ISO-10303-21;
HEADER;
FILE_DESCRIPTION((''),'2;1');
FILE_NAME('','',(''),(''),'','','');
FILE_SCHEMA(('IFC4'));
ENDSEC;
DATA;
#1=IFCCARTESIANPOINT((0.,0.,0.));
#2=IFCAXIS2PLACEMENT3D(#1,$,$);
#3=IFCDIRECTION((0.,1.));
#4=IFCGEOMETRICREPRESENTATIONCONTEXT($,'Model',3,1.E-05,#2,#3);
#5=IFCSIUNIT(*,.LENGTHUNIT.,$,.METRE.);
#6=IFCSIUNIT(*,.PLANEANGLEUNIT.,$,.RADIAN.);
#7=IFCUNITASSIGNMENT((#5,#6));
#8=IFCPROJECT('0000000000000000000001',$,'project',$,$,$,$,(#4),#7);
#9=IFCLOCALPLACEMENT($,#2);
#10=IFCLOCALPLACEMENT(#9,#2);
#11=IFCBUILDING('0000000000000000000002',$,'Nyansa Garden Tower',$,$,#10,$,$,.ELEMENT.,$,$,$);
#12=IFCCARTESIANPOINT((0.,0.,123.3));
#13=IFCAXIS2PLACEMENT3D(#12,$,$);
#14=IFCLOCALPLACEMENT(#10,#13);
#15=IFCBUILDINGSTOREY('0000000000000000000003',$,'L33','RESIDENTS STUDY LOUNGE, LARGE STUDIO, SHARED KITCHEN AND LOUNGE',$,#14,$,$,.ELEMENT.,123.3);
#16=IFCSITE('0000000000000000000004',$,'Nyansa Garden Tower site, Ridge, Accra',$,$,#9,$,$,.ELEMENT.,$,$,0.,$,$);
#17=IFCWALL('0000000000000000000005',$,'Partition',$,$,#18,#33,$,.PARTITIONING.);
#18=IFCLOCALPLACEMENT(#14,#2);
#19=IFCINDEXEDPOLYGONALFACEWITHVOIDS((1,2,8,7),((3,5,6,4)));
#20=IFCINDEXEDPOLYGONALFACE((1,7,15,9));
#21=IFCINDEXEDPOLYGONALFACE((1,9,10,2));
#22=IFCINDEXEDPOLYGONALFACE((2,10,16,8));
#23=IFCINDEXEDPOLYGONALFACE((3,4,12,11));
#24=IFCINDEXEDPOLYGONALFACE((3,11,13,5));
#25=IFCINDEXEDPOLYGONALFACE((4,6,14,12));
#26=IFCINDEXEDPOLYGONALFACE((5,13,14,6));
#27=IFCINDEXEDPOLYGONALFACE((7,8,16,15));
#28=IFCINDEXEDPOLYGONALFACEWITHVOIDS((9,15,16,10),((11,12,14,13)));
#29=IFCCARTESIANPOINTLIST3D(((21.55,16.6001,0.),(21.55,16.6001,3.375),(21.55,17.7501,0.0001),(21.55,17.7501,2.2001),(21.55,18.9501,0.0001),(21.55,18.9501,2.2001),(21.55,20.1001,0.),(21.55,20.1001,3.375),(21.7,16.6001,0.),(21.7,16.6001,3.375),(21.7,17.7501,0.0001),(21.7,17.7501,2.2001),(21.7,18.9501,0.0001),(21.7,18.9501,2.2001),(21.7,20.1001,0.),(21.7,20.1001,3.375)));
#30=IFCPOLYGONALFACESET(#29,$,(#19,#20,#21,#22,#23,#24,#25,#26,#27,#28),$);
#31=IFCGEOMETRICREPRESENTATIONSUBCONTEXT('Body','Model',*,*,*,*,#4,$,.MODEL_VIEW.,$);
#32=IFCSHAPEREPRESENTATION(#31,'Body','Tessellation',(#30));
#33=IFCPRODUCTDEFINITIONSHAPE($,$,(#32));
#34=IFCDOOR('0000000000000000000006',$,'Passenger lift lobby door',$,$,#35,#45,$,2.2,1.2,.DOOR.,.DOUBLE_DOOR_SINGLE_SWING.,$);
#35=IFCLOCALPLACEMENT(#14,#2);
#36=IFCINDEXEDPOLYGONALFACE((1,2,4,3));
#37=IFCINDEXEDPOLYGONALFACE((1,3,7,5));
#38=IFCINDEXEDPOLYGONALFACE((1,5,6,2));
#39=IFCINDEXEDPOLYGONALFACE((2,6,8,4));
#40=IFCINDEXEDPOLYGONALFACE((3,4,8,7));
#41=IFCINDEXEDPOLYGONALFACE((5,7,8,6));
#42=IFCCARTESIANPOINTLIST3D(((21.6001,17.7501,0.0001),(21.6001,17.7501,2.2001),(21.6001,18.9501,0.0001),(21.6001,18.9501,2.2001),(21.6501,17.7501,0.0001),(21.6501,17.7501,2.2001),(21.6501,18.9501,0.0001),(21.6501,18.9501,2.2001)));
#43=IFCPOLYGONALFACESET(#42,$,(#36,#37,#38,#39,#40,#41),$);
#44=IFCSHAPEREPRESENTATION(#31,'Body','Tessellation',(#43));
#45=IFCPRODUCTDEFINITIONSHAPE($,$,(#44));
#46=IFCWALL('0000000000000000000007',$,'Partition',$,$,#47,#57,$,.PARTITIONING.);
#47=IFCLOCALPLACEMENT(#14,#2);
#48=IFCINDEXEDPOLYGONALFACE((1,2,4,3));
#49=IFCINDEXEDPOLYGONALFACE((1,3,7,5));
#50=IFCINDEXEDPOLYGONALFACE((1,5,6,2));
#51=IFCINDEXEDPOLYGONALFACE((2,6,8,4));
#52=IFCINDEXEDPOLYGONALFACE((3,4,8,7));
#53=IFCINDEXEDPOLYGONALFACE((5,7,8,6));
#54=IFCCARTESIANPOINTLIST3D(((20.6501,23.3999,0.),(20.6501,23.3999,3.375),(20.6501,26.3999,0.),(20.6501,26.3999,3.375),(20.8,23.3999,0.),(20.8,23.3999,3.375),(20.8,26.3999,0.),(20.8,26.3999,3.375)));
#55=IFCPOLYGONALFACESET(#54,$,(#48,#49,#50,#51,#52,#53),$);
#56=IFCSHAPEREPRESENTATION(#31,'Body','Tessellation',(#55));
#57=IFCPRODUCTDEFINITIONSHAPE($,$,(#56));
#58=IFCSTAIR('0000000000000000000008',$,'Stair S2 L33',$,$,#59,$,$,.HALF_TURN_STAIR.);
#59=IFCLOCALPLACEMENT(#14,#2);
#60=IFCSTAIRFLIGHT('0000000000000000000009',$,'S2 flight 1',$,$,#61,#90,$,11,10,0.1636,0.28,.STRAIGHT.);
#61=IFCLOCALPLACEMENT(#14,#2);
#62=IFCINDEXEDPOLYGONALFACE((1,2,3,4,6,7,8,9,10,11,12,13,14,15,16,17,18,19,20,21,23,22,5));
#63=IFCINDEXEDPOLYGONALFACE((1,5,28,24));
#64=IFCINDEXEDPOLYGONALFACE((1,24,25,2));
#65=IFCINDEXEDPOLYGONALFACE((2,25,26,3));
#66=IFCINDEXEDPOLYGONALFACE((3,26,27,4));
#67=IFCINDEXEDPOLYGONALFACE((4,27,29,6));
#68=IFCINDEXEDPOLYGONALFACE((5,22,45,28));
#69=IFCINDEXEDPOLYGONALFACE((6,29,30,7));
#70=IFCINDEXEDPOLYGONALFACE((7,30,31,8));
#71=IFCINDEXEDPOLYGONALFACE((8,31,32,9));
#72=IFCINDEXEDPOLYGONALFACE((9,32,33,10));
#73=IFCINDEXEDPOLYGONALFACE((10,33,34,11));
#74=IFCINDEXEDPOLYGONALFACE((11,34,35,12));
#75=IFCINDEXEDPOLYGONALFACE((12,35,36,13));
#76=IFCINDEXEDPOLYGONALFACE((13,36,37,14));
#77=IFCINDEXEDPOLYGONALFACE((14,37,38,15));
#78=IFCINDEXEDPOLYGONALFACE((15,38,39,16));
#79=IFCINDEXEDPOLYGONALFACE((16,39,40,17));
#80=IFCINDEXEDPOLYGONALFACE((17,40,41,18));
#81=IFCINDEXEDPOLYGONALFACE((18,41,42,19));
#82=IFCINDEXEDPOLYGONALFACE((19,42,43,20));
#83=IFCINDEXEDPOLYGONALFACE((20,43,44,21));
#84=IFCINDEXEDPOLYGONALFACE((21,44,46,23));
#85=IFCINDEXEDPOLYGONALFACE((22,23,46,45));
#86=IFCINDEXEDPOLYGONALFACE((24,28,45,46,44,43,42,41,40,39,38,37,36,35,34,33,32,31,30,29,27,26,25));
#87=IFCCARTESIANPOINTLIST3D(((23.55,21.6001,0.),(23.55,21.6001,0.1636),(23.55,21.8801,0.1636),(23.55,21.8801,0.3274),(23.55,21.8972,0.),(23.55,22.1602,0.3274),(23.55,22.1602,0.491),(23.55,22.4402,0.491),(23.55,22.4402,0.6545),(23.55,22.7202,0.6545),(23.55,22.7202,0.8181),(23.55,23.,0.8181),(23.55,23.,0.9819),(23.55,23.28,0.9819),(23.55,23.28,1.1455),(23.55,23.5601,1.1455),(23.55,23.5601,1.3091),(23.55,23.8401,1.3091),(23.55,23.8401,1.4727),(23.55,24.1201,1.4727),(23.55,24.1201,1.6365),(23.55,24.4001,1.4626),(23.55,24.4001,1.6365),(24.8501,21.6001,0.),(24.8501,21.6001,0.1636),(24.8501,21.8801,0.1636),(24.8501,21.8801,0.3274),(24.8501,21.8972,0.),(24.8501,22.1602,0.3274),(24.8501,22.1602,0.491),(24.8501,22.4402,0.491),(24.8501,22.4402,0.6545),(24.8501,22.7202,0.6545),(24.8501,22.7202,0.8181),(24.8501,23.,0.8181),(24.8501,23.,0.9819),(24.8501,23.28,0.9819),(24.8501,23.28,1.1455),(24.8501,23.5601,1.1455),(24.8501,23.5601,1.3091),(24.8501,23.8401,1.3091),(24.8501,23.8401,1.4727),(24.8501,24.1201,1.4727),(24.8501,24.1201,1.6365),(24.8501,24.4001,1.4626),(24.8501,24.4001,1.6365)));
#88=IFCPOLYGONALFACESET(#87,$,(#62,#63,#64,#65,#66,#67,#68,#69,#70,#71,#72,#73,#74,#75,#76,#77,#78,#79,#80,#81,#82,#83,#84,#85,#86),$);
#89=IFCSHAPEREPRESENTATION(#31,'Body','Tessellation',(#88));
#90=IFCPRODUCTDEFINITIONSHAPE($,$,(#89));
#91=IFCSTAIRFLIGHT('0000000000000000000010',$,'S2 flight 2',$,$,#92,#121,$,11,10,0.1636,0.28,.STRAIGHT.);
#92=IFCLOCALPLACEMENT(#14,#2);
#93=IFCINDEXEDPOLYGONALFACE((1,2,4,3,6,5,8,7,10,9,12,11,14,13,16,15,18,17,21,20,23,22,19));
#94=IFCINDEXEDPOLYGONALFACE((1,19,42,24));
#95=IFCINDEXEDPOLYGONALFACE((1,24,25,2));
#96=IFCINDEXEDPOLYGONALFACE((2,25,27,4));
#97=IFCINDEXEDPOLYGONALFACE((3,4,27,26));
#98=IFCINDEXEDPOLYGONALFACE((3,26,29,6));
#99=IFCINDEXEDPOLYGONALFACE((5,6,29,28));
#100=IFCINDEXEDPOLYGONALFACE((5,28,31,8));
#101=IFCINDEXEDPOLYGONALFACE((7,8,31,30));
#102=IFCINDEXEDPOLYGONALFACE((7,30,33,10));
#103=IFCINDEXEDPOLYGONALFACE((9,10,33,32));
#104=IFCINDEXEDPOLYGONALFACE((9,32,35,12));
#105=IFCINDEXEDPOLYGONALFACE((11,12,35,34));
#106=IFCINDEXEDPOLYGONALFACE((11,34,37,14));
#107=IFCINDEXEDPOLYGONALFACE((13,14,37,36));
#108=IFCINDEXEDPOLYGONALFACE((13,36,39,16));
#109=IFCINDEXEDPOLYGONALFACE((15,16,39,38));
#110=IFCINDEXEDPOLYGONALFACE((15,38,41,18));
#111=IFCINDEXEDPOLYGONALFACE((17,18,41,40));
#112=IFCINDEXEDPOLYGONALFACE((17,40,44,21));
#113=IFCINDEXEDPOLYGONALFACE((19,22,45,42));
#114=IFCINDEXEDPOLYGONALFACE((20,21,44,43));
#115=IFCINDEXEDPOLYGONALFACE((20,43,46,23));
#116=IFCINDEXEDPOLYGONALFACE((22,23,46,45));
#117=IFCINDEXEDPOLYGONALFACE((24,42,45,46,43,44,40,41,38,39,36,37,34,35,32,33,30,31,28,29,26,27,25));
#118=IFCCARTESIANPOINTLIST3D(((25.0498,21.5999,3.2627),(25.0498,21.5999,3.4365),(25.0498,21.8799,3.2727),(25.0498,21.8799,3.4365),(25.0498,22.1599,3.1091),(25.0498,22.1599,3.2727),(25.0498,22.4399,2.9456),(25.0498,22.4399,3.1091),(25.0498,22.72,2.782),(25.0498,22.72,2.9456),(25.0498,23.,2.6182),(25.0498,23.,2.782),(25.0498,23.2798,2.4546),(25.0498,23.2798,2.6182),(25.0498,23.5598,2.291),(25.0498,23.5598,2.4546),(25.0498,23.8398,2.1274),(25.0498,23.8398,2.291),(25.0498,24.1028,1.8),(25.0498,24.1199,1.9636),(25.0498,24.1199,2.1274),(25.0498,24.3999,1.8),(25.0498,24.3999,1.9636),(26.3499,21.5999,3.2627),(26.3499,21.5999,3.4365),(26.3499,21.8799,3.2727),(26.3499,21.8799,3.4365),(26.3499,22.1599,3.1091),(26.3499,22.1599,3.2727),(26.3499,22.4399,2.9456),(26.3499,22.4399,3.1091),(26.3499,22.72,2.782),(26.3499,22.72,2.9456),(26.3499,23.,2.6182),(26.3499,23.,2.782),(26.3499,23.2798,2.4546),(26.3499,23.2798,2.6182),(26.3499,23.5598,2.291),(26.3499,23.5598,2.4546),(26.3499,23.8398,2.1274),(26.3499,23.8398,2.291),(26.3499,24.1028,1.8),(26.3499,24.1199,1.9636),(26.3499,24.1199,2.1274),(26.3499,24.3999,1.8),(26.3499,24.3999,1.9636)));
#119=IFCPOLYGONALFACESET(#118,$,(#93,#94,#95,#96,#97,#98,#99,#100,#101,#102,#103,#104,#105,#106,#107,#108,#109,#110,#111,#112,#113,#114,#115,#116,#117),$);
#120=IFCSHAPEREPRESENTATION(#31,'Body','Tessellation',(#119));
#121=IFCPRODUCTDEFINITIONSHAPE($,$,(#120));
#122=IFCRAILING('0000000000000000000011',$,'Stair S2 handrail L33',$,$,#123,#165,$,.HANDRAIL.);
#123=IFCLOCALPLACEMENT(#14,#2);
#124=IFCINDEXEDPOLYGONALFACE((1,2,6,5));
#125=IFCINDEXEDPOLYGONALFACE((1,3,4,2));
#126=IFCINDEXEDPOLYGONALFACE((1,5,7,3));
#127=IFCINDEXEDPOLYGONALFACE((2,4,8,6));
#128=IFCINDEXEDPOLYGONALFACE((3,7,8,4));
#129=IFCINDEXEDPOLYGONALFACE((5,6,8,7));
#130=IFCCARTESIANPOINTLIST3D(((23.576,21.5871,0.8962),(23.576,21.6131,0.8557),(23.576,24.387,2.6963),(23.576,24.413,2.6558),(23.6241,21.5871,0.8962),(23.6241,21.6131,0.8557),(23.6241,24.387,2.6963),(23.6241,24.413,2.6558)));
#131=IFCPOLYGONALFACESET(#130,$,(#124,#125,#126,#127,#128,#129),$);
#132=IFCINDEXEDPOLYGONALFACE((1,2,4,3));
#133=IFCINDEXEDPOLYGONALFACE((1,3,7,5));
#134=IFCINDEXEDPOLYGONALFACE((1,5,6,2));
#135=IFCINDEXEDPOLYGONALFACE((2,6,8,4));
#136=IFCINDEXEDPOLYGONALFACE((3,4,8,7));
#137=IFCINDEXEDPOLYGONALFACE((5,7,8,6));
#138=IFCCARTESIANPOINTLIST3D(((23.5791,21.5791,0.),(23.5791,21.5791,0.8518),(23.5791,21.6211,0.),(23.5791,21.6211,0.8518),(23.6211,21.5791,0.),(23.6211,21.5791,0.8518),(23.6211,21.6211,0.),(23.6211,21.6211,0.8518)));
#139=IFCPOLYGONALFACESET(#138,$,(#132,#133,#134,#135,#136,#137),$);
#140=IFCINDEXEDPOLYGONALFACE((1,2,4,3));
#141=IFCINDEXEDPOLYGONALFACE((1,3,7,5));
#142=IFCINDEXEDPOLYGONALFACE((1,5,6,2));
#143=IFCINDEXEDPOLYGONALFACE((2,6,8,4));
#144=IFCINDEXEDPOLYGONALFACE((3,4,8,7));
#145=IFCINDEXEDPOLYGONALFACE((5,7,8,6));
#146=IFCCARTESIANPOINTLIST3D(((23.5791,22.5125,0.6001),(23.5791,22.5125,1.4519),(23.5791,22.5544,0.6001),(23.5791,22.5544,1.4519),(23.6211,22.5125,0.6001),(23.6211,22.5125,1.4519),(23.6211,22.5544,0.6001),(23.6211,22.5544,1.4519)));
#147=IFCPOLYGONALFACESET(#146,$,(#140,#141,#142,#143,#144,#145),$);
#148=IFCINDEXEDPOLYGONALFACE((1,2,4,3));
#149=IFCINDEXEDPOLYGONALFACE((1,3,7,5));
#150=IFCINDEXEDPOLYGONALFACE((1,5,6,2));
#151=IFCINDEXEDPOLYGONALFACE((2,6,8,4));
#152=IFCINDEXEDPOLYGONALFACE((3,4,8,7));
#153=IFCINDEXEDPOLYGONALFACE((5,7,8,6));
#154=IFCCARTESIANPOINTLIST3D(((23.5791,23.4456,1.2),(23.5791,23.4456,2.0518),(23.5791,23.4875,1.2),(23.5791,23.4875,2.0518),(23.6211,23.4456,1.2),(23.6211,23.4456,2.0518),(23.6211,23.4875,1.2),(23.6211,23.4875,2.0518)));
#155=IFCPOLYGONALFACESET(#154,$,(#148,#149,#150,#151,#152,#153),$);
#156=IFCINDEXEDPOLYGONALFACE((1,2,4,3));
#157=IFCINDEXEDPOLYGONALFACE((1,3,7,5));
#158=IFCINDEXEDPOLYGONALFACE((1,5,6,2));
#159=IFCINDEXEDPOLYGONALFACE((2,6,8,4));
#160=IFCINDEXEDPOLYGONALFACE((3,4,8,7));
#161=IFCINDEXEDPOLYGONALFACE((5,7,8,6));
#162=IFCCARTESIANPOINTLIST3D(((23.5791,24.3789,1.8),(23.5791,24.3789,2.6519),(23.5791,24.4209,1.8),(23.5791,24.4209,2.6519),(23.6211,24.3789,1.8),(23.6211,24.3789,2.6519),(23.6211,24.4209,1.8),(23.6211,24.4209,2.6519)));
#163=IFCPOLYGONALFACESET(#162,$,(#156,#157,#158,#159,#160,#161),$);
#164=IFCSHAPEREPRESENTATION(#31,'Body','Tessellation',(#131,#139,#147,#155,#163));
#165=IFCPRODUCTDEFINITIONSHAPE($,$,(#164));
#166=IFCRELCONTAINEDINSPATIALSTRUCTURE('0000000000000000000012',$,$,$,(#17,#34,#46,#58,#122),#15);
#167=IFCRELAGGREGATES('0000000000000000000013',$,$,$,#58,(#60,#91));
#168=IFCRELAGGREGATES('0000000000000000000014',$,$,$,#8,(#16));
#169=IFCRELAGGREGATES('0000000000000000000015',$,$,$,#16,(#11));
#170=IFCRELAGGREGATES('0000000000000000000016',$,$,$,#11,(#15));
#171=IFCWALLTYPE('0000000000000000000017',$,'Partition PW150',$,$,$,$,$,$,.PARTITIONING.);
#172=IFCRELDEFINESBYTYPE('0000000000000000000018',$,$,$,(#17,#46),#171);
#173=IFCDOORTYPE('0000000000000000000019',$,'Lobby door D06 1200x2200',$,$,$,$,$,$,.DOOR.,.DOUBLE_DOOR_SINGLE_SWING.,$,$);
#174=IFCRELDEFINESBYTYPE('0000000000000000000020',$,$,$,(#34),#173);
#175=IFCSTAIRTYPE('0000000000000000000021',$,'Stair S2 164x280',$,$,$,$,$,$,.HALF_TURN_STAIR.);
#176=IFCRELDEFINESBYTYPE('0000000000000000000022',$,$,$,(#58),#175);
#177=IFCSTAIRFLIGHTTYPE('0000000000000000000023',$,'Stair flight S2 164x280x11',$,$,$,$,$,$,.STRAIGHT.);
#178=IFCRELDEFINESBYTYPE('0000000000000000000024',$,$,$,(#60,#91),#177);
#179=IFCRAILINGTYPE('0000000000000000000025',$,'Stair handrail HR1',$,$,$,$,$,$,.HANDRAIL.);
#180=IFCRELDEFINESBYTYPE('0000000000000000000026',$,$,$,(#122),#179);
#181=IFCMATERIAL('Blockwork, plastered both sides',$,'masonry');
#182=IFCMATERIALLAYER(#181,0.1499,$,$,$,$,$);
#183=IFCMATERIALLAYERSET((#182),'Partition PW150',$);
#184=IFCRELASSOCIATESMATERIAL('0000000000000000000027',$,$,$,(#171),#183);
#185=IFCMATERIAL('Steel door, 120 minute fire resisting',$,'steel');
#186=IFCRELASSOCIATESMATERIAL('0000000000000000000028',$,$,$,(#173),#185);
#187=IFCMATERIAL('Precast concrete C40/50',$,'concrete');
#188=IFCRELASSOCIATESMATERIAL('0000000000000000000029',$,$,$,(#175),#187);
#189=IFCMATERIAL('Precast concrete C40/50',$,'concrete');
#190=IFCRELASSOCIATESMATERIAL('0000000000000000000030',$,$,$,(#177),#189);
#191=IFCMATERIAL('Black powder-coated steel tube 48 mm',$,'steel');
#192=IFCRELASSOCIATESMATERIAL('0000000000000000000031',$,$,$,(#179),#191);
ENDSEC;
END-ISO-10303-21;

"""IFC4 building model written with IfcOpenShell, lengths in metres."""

from ifc_helpers import new_model, si_unit, direction, frame, frame_2d, origin, origin_2d, place, context, subcontext, project, spatial, polyline, rectangle, outline, extrude, material, layer, layer_set, type_object, element, fill, aggregate, save


model = new_model("IFC4")

# Units and contexts
model_context = context("Model", 3, precision=1e-05, world=origin(), true_north=direction((0.0, 1.0)))
body_context = subcontext(model_context, "Body", "Model", "MODEL_VIEW")
ifc_project = project(units=[si_unit("LENGTHUNIT", "METRE"), si_unit("PLANEANGLEUNIT", "RADIAN")], contexts=[model_context])

# Site, building, storey
site_placement = place(None, origin())
site = spatial("IfcSite", under=ifc_project, at=site_placement, Name="Nyansa Garden Tower site, Ridge, Accra", CompositionType="ELEMENT", RefElevation=0.0)
building_placement = place(site_placement, origin())
building = spatial("IfcBuilding", under=site, at=building_placement, Name="Nyansa Garden Tower", CompositionType="ELEMENT")
storey_placement = place(building_placement, frame((0.0, 0.0, 123.3)))
storey = spatial("IfcBuildingStorey", under=building, at=storey_placement, Name="L33", Description="RESIDENTS STUDY LOUNGE, LARGE STUDIO, SHARED KITCHEN AND LOUNGE", CompositionType="ELEMENT", Elevation=123.3)

# Wall, opening, door
ifc_material_1 = material(Name="Blockwork, plastered both sides", Category="masonry")
ifc_layer_1 = layer(ifc_material_1, 0.1499)
ifc_layer_set_1 = layer_set([ifc_layer_1], Name="Partition PW150")
wall_type_1 = type_object("IfcWallType", Name="Partition PW150", PredefinedType="PARTITIONING", material=ifc_layer_set_1)
wall_1_placement = place(storey_placement, frame((21.625, 16.6001, 0.0), z_axis=(0.0, 0.0, 1.0), x_axis=(0.0, 1.0, 0.0)))
wall_1 = element("IfcWall", 1, at=wall_1_placement, inside=storey, type_object=wall_type_1, Name="Partition", PredefinedType="PARTITIONING", context=body_context, shape_type="SweptSolid", body=[
    extrude(rectangle(XDim=3.5, YDim=0.1499, at=frame_2d((1.75, 0.0))), origin(), (0.0, 0.0, 1.0), 3.375),
])
opening_1_placement = place(wall_1_placement, frame((1.1499, 0.0, 0.0)))
opening_1 = element("IfcOpeningElement", 2, at=opening_1_placement, cuts=wall_1, PredefinedType="OPENING", context=body_context, shape_type="SweptSolid", body=[
    extrude(rectangle(XDim=1.2, YDim=2.2, at=frame_2d((0.6001, 1.1001))), frame((0.0, 0.085, 0.0), z_axis=(0.0, -1.0, 0.0), x_axis=(1.0, 0.0, 0.0)), (0.0, 0.0, 1.0), 0.1699),
])
ifc_material_2 = material(Name="Steel door, 120 minute fire resisting", Category="steel")
door_type_1 = type_object("IfcDoorType", Name="Lobby door D06 1200x2200", OperationType="DOUBLE_DOOR_SINGLE_SWING", PredefinedType="DOOR", material=ifc_material_2)
door_1_placement = place(opening_1_placement, origin())
door_1 = element("IfcDoor", 3, at=door_1_placement, inside=storey, type_object=door_type_1, Name="Passenger lift lobby door", OperationType="DOUBLE_DOOR_SINGLE_SWING", OverallHeight=2.2, OverallWidth=1.2, PredefinedType="DOOR", context=body_context, shape_type="SweptSolid", body=[
    extrude(rectangle(XDim=1.2, YDim=2.2, at=frame_2d((0.6001, 1.1001))), frame((0.0, 0.0249, 0.0), z_axis=(0.0, -1.0, 0.0), x_axis=(1.0, 0.0, 0.0)), (0.0, 0.0, 1.0), 0.05),
])
fill(opening_1, door_1)

# Wall
wall_2_placement = place(storey_placement, frame((20.7251, 23.3999, 0.0), z_axis=(0.0, 0.0, 1.0), x_axis=(0.0, 1.0, 0.0)))
element("IfcWall", 4, at=wall_2_placement, inside=storey, type_object=wall_type_1, Name="Partition", PredefinedType="PARTITIONING", context=body_context, shape_type="SweptSolid", body=[
    extrude(rectangle(XDim=3.0, YDim=0.1499, at=frame_2d((1.5, 0.0))), origin(), (0.0, 0.0, 1.0), 3.375),
])

# Stair, stair flights
ifc_material_3 = material(Name="Precast concrete C40/50", Category="concrete")
stair_type = type_object("IfcStairType", Name="Stair S2 164x280", PredefinedType="HALF_TURN_STAIR", material=ifc_material_3)
stair_placement = place(storey_placement, origin())
stair = element("IfcStair", 5, at=stair_placement, inside=storey, type_object=stair_type, Name="Stair S2 L33", PredefinedType="HALF_TURN_STAIR")
ifc_material_4 = material(Name="Precast concrete C40/50", Category="concrete")
stair_flight_type = type_object("IfcStairFlightType", Name="Stair flight S2 164x280x11", PredefinedType="STRAIGHT", material=ifc_material_4)
stair_flight_1_placement = place(storey_placement, frame((24.2, 21.6001, 0.0), z_axis=(0.0, 0.0, 1.0), x_axis=(0.0, 1.0, 0.0)))
stair_flight_1 = element("IfcStairFlight", 6, at=stair_flight_1_placement, type_object=stair_flight_type, Name="S2 flight 1", NumberOfRisers=11, NumberOfTreads=10, PredefinedType="STRAIGHT", RiserHeight=0.1636, TreadLength=0.28, context=body_context, shape_type="SweptSolid", body=[
    extrude(outline(polyline([(0.0, 0.0), (0.0, 0.1636), (0.28, 0.1636), (0.28, 0.3274), (0.5601, 0.3274), (0.5601, 0.491), (0.8401, 0.491), (0.8401, 0.6545), (1.1201, 0.6545), (1.1201, 0.8181), (1.3999, 0.8181), (1.3999, 0.9819), (1.6799, 0.9819), (1.6799, 1.1455), (1.96, 1.1455), (1.96, 1.3091), (2.24, 1.3091), (2.24, 1.4727), (2.52, 1.4727), (2.52, 1.6365), (2.8, 1.6365), (2.8, 1.8), (2.8, 1.4626), (0.2971, 0.0), (0.0, 0.0)])), frame((0.0, 0.6499, 0.0), z_axis=(0.0, -1.0, 0.0), x_axis=(1.0, 0.0, 0.0)), (0.0, 0.0, 1.0), 1.3),
])
stair_flight_2_placement = place(storey_placement, frame((25.7, 24.3999, 1.8), z_axis=(0.0, 0.0, 1.0), x_axis=(0.0, -1.0, 0.0)))
stair_flight_2 = element("IfcStairFlight", 7, at=stair_flight_2_placement, type_object=stair_flight_type, Name="S2 flight 2", NumberOfRisers=11, NumberOfTreads=10, PredefinedType="STRAIGHT", RiserHeight=0.1636, TreadLength=0.28, context=body_context, shape_type="SweptSolid", body=[
    extrude(outline(polyline([(0.0, 0.0), (0.0, 0.1636), (0.28, 0.1636), (0.28, 0.3274), (0.5601, 0.3274), (0.5601, 0.491), (0.8401, 0.491), (0.8401, 0.6545), (1.1201, 0.6545), (1.1201, 0.8181), (1.3999, 0.8181), (1.3999, 0.9819), (1.6799, 0.9819), (1.6799, 1.1455), (1.96, 1.1455), (1.96, 1.3091), (2.24, 1.3091), (2.24, 1.4727), (2.52, 1.4727), (2.52, 1.6365), (2.8, 1.6365), (2.8, 1.8), (2.8, 1.4626), (0.2971, 0.0), (0.0, 0.0)])), frame((0.0, 0.6499, 0.0), z_axis=(0.0, -1.0, 0.0), x_axis=(1.0, 0.0, 0.0)), (0.0, 0.0, 1.0), 1.3),
])
aggregate(stair, [stair_flight_1, stair_flight_2])

# Railing
ifc_material_5 = material(Name="Black powder-coated steel tube 48 mm", Category="steel")
railing_type = type_object("IfcRailingType", Name="Stair handrail HR1", PredefinedType="HANDRAIL", material=ifc_material_5)
railing_1_placement = place(storey_placement, frame((23.6001, 21.6001, 0.0)))
element("IfcRailing", 8, at=railing_1_placement, inside=storey, type_object=railing_type, Name="Stair S2 handrail L33", PredefinedType="HANDRAIL", context=body_context, shape_type="SweptSolid", body=[
    extrude(rectangle(XDim=0.0481, YDim=0.0481, at=origin_2d()), frame((0.0, 0.0, 0.876), z_axis=(0.0, 0.841155, 0.540795), x_axis=(-1.0, 0.0, 0.0)), (0.0, 0.0, 1.0), 3.3286),
    extrude(rectangle(XDim=0.042, YDim=0.042, at=origin_2d()), origin(), (0.0, 0.0, 1.0), 0.8518),
    extrude(rectangle(XDim=0.042, YDim=0.042, at=origin_2d()), frame((0.0, 0.9333, 0.6001)), (0.0, 0.0, 1.0), 0.8518),
    extrude(rectangle(XDim=0.042, YDim=0.042, at=origin_2d()), frame((0.0, 1.8665, 1.2)), (0.0, 0.0, 1.0), 0.8518),
    extrude(rectangle(XDim=0.042, YDim=0.042, at=origin_2d()), frame((0.0, 2.7998, 1.8)), (0.0, 0.0, 1.0), 0.8518),
])

save(model, "model.ifc")
